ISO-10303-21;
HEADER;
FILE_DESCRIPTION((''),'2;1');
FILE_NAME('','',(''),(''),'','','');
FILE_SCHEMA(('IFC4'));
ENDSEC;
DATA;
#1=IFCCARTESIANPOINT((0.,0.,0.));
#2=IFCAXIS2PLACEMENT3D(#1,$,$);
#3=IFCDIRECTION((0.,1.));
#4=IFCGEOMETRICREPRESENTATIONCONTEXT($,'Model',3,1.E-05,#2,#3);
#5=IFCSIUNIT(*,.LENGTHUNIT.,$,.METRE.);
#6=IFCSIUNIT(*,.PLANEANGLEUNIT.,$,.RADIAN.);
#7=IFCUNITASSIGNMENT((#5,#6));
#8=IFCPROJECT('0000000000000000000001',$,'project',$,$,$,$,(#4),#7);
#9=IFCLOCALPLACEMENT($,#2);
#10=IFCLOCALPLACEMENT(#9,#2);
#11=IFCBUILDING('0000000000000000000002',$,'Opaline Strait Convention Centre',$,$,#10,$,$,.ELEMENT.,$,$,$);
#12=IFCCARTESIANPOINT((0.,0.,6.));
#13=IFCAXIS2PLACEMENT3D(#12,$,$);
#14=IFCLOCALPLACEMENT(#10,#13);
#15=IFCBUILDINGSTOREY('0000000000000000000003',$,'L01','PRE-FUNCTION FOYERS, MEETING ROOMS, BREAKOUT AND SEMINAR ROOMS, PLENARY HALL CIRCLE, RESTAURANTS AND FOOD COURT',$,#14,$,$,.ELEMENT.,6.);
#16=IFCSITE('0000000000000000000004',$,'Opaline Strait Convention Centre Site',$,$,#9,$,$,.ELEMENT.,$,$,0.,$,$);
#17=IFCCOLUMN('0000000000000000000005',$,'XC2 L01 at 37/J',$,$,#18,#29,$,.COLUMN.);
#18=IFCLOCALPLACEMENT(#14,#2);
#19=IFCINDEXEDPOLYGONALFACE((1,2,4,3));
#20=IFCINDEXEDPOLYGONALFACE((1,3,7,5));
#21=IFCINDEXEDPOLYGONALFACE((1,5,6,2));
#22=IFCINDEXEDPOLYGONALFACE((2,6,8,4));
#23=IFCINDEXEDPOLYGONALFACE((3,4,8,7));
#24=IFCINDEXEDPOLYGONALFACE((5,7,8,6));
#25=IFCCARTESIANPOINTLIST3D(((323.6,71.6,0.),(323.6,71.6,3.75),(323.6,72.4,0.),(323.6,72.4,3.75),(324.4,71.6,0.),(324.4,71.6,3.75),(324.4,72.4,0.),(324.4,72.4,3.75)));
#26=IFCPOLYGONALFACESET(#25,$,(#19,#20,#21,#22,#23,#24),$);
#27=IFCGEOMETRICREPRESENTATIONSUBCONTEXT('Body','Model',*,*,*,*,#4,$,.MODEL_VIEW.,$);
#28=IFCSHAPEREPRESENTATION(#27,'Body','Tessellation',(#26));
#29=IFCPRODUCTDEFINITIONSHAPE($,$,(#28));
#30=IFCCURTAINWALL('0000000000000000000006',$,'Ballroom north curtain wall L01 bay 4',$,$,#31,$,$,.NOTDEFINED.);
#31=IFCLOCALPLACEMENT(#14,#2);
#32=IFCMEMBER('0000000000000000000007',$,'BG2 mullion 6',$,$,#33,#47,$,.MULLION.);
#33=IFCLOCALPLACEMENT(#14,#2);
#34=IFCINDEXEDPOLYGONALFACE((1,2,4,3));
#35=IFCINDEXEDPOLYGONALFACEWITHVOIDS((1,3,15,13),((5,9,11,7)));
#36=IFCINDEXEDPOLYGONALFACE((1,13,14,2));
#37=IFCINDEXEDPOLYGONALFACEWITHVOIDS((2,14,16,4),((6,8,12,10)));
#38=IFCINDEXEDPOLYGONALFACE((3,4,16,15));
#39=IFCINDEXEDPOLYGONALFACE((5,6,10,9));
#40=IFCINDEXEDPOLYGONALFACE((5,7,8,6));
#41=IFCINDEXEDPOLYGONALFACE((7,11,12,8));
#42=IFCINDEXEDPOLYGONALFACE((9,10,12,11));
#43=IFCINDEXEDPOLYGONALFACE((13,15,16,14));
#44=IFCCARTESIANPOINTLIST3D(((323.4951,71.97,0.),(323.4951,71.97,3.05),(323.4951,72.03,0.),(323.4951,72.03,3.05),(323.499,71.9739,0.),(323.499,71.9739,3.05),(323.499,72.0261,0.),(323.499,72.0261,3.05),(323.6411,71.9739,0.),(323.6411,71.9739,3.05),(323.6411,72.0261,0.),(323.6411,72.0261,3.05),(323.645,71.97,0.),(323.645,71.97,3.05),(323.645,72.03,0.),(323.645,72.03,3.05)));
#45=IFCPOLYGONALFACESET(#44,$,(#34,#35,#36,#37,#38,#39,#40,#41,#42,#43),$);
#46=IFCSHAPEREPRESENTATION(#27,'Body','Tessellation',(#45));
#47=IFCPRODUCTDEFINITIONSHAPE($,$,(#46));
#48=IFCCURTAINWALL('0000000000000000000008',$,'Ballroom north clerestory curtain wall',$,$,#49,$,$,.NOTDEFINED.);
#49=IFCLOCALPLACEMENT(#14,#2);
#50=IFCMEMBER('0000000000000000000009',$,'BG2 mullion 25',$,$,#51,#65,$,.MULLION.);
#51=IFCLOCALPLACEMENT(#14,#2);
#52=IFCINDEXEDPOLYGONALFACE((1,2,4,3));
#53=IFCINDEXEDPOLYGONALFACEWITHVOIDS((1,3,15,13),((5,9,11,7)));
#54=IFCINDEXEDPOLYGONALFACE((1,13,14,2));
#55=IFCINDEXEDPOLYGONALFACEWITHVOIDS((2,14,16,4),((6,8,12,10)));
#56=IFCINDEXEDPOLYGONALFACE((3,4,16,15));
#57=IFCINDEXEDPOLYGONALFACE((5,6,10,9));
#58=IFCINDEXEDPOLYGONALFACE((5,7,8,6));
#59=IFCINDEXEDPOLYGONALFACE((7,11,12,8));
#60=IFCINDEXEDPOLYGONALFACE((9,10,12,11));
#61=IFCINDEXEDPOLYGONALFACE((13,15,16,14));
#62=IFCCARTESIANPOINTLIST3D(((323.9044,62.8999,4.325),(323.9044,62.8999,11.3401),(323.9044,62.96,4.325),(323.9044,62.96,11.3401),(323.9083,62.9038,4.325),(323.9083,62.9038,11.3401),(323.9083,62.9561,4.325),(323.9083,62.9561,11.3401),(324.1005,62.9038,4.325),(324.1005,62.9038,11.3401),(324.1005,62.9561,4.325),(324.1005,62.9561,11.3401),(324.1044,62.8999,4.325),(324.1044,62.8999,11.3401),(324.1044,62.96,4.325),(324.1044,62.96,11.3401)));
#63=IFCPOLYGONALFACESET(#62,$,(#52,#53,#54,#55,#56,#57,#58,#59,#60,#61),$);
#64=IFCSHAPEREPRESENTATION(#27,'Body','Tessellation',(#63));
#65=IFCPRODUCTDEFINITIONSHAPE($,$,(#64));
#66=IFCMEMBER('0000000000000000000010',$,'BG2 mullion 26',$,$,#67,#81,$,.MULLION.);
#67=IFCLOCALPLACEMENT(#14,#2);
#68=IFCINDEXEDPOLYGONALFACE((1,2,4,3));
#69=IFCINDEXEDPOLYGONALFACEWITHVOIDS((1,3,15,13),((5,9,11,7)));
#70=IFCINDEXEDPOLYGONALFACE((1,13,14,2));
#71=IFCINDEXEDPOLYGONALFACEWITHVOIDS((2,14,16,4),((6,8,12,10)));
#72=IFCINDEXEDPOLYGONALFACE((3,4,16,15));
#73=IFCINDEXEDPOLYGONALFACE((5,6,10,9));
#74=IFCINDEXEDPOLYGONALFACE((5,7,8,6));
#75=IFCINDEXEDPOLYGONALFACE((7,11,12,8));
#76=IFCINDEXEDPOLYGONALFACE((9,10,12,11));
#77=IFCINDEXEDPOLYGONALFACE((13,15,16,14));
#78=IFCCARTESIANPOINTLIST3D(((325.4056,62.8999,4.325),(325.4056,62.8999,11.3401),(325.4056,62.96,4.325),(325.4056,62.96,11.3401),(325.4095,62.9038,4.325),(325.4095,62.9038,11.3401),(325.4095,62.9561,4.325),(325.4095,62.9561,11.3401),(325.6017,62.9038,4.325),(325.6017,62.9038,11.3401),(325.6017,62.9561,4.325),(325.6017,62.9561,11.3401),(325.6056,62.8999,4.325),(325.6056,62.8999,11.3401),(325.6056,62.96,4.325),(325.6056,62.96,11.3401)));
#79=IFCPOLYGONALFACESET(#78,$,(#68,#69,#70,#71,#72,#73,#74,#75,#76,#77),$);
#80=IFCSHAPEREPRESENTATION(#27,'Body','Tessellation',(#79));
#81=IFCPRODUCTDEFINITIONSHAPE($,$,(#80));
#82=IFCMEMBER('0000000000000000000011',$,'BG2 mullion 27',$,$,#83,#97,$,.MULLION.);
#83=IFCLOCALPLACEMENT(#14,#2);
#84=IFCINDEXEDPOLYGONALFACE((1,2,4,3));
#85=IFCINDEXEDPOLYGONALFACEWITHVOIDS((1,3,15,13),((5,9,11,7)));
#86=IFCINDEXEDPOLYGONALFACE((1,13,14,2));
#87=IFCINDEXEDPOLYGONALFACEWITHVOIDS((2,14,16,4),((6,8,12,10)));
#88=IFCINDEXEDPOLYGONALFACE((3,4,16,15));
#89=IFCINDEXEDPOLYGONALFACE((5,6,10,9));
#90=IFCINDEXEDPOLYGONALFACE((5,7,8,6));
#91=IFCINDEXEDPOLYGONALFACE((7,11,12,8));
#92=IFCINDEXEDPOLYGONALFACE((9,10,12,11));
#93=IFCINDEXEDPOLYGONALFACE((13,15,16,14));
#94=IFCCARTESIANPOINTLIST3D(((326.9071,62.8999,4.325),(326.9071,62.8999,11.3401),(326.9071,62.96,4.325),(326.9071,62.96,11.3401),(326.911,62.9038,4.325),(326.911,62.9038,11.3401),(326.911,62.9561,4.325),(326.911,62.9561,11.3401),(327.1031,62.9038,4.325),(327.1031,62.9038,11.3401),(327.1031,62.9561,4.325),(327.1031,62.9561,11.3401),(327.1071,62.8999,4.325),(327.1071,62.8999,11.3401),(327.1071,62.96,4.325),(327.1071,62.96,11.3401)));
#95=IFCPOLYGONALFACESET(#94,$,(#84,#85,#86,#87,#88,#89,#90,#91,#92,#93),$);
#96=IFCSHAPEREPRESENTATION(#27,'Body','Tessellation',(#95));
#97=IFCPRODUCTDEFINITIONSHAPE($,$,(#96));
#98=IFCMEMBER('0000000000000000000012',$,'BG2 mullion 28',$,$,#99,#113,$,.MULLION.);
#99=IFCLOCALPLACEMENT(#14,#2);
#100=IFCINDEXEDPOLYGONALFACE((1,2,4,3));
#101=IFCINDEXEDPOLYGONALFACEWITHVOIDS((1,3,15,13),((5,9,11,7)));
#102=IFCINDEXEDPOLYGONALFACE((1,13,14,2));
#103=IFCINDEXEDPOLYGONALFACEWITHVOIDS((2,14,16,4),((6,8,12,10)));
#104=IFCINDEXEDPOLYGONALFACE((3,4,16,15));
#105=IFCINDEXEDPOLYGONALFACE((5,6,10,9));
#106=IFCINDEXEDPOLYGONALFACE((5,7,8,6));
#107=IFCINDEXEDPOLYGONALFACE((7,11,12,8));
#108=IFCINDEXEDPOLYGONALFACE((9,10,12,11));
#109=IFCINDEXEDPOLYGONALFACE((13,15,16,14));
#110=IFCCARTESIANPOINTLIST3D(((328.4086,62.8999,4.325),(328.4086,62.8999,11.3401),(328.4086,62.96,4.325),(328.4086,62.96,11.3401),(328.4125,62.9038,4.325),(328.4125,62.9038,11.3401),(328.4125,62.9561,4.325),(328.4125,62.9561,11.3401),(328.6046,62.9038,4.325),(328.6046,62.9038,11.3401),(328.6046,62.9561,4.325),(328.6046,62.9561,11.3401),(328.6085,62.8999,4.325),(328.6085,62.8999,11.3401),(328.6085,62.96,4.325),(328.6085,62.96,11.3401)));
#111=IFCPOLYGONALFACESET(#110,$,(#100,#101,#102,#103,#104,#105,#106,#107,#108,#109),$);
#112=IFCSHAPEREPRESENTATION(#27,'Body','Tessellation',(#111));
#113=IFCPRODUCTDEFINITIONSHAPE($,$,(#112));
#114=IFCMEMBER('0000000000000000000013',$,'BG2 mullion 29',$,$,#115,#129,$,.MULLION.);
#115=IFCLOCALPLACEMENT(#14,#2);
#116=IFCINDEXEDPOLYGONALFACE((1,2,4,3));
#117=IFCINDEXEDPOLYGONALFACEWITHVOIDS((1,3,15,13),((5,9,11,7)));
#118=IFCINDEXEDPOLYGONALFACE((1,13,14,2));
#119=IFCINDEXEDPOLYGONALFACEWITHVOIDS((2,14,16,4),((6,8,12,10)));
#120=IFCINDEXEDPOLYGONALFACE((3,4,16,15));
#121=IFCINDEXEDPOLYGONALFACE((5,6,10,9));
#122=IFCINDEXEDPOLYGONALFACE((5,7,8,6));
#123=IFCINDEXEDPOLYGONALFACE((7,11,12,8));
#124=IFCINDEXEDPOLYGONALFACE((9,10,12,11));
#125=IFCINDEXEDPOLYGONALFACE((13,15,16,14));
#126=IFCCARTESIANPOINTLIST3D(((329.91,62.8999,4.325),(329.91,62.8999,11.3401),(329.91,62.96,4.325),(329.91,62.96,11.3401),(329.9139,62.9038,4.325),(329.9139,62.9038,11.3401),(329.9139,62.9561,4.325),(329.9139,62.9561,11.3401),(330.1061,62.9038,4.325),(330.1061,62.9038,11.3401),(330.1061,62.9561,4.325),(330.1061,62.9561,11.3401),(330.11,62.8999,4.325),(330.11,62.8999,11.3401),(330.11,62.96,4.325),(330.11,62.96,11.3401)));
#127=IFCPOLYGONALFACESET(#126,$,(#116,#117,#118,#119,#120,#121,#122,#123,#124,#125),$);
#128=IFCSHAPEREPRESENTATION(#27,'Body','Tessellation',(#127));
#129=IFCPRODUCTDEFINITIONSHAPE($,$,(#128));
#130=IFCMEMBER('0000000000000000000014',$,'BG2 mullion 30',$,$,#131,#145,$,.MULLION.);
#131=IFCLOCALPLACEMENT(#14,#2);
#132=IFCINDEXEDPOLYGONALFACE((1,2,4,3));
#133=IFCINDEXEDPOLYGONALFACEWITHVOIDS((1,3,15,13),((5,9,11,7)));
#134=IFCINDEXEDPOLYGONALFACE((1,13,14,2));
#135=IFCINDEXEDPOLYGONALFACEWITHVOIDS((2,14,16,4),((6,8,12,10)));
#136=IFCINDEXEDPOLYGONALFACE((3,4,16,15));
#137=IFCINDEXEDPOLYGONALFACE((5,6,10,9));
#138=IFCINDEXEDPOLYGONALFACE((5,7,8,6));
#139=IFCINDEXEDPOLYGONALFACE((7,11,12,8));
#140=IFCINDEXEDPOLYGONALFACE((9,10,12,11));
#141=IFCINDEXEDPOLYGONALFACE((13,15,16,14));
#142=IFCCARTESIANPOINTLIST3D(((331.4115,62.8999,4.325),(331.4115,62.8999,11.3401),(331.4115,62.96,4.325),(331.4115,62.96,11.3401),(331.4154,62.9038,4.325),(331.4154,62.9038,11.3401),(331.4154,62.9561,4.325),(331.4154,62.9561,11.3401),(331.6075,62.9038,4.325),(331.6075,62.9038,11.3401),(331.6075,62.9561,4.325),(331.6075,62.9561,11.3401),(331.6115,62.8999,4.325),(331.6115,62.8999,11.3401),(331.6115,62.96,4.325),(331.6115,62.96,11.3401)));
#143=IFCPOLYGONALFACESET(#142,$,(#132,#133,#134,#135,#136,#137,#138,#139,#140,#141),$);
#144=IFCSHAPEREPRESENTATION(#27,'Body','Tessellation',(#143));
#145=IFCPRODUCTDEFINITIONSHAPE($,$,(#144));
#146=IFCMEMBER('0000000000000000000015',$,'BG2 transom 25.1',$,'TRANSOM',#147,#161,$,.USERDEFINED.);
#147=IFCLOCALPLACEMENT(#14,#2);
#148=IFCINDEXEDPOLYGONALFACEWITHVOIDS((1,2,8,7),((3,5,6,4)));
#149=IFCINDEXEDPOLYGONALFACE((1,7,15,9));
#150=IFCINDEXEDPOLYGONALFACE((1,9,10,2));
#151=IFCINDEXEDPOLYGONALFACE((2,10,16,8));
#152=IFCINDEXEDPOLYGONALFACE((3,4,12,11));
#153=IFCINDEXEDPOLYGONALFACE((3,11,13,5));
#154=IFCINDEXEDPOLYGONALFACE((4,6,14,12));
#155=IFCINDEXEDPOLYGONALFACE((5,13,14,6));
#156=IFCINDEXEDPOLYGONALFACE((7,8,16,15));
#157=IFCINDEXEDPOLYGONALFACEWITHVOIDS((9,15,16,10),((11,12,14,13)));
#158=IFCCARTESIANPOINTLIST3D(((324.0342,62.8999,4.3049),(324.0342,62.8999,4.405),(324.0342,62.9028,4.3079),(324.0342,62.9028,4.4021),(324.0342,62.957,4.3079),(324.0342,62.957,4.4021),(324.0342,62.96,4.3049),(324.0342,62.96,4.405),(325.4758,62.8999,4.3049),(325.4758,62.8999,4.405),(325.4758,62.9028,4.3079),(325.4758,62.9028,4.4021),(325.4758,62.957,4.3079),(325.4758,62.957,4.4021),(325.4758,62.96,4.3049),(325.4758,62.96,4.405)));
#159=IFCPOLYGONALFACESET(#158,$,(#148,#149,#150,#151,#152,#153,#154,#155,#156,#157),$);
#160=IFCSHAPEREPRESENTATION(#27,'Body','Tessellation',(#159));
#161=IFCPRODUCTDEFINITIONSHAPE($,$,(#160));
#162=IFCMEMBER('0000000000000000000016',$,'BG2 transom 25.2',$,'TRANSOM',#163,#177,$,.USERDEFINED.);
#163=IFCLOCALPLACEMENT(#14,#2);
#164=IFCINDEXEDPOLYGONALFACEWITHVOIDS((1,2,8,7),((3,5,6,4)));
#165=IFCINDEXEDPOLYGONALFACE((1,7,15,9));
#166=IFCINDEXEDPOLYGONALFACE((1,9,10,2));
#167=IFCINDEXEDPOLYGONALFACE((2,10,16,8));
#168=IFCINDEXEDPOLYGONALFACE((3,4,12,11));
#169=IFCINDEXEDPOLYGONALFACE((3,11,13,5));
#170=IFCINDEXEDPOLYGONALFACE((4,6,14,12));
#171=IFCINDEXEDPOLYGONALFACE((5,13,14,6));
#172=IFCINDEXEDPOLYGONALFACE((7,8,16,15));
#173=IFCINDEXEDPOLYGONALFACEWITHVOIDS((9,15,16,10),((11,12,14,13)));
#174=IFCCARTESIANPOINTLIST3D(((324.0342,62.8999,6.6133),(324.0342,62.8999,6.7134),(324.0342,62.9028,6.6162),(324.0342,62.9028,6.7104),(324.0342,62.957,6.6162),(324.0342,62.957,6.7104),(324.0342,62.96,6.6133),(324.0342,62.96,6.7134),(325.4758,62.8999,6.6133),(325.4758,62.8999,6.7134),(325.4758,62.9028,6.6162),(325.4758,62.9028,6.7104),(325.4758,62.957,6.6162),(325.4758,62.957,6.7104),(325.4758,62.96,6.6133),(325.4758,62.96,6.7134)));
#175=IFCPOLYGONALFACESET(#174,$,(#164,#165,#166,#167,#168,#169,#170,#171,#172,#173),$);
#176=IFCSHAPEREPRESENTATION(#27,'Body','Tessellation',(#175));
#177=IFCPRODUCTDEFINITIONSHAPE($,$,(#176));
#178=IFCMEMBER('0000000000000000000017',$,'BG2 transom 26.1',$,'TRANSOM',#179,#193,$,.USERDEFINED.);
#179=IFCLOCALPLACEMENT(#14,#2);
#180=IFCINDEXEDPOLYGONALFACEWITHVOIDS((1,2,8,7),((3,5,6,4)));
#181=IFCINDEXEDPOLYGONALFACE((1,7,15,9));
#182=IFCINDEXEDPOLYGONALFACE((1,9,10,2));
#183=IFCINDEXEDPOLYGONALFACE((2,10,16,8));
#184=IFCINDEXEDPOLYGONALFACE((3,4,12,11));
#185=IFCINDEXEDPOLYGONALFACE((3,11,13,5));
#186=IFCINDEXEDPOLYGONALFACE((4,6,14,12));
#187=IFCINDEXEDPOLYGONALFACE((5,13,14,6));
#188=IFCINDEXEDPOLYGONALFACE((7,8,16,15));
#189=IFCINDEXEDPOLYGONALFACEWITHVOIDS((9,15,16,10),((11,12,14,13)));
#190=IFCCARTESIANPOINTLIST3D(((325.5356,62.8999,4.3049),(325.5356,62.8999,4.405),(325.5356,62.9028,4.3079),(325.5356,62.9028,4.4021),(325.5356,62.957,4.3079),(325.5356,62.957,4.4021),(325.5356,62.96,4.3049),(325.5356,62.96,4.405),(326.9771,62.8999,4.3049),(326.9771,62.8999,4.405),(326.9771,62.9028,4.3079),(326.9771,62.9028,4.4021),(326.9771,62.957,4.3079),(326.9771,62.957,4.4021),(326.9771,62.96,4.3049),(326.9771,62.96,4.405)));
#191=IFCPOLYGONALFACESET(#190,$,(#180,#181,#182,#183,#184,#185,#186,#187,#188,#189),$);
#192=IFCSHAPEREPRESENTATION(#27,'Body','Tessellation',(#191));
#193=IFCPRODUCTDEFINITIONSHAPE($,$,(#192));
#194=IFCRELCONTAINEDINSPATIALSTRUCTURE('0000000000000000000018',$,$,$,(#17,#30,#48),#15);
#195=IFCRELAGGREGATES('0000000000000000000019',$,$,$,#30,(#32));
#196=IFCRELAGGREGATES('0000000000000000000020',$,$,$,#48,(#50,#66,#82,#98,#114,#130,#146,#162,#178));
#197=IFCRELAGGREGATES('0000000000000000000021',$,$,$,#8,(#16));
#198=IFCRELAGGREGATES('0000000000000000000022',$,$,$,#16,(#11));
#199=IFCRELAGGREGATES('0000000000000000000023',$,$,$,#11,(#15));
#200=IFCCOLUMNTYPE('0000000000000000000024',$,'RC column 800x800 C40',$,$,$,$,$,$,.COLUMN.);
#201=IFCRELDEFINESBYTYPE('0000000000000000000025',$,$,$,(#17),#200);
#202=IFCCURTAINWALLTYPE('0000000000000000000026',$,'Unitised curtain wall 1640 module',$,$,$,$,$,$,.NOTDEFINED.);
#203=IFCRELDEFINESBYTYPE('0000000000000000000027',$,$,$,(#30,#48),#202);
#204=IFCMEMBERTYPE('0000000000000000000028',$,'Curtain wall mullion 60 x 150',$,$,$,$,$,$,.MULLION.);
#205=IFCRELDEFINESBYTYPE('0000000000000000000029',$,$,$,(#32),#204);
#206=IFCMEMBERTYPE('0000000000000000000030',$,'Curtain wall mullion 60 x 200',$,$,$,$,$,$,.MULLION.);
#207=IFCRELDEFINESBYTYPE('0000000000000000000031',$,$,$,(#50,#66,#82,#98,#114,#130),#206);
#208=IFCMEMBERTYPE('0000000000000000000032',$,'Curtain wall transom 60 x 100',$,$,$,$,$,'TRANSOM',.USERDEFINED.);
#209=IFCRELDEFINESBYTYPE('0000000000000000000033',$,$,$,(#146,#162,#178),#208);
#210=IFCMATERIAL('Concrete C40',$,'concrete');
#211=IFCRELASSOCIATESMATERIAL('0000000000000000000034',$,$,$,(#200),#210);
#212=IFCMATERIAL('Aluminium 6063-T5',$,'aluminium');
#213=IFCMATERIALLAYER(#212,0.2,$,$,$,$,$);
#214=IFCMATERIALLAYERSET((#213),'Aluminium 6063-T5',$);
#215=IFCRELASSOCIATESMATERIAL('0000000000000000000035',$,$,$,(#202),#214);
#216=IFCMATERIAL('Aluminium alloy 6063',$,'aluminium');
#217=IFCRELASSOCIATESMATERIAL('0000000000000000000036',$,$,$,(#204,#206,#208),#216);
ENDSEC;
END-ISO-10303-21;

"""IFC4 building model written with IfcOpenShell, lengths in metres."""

from ifc_helpers import new_model, si_unit, direction, frame, origin, origin_2d, place, context, subcontext, project, spatial, rectangle, hollow_rectangle, extrude, material, layer, layer_set, material_profile, profile_set, type_object, element, aggregate, save


model = new_model("IFC4")

# Units and contexts
model_context = context("Model", 3, precision=1e-05, world=origin(), true_north=direction((0.0, 1.0)))
body_context = subcontext(model_context, "Body", "Model", "MODEL_VIEW")
ifc_project = project(units=[si_unit("LENGTHUNIT", "METRE"), si_unit("PLANEANGLEUNIT", "RADIAN")], contexts=[model_context])

# Site, building, storey
site_placement = place(None, origin())
site = spatial("IfcSite", under=ifc_project, at=site_placement, Name="Opaline Strait Convention Centre Site", CompositionType="ELEMENT", RefElevation=0.0)
building_placement = place(site_placement, origin())
building = spatial("IfcBuilding", under=site, at=building_placement, Name="Opaline Strait Convention Centre", CompositionType="ELEMENT")
storey_placement = place(building_placement, frame((0.0, 0.0, 6.0)))
storey = spatial("IfcBuildingStorey", under=building, at=storey_placement, Name="L01", Description="PRE-FUNCTION FOYERS, MEETING ROOMS, BREAKOUT AND SEMINAR ROOMS, PLENARY HALL CIRCLE, RESTAURANTS AND FOOD COURT", CompositionType="ELEMENT", Elevation=6.0)

# Column
ifc_material_1 = material(Name="Concrete C40", Category="concrete")
ifc_material_profile_1 = material_profile(ifc_material_1, rectangle(XDim=0.8, YDim=0.8, at=origin_2d()), Name="RC 800x800")
ifc_profile_set_1 = profile_set([ifc_material_profile_1], Name="Concrete C40")
column_type = type_object("IfcColumnType", Name="RC column 800x800 C40", PredefinedType="COLUMN", material=ifc_profile_set_1)
column_placement = place(storey_placement, frame((324.0, 72.0, 0.0), z_axis=(0.0, 0.0, 1.0), x_axis=(1.0, 0.0, 0.0)))
element("IfcColumn", 1, at=column_placement, inside=storey, type_object=column_type, Name="XC2 L01 at 37/J", PredefinedType="COLUMN", context=body_context, shape_type="SweptSolid", body=[
    extrude(rectangle(XDim=0.8, YDim=0.8, at=origin_2d()), origin(), (0.0, 0.0, 1.0), 3.75),
])

# Curtain wall, member
ifc_material_2 = material(Name="Aluminium 6063-T5", Category="aluminium")
ifc_layer_1 = layer(ifc_material_2, 0.2)
ifc_layer_set_1 = layer_set([ifc_layer_1], Name="Aluminium 6063-T5")
curtain_wall_type = type_object("IfcCurtainWallType", Name="Unitised curtain wall 1640 module", PredefinedType="NOTDEFINED", material=ifc_layer_set_1)
curtain_wall_1_placement = place(storey_placement, origin())
curtain_wall_1 = element("IfcCurtainWall", 2, at=curtain_wall_1_placement, inside=storey, type_object=curtain_wall_type, Name="Ballroom north curtain wall L01 bay 4", PredefinedType="NOTDEFINED")
ifc_material_3 = material(Name="Aluminium alloy 6063", Category="aluminium")
ifc_material_profile_2 = material_profile(ifc_material_3, hollow_rectangle(XDim=0.0601, YDim=0.1499, WallThickness=0.0039, at=origin_2d()), Name="MULLION 60x150x4")
ifc_profile_set_2 = profile_set([ifc_material_profile_2], Name="Aluminium alloy 6063")
member_type_1 = type_object("IfcMemberType", Name="Curtain wall mullion 60 x 150", PredefinedType="MULLION", material=ifc_profile_set_2)
member_1_placement = place(storey_placement, frame((323.5701, 72.0, 0.0), z_axis=(0.0, 0.0, 1.0), x_axis=(0.0, 1.0, 0.0)))
member_1 = element("IfcMember", 3, at=member_1_placement, type_object=member_type_1, Name="BG2 mullion 6", PredefinedType="MULLION", context=body_context, shape_type="SweptSolid", body=[
    extrude(hollow_rectangle(XDim=0.0601, YDim=0.1499, WallThickness=0.0039, at=origin_2d()), origin(), (0.0, 0.0, 1.0), 3.05),
])
aggregate(curtain_wall_1, [member_1])

# Curtain wall, members
curtain_wall_2_placement = place(storey_placement, origin())
curtain_wall_2 = element("IfcCurtainWall", 4, at=curtain_wall_2_placement, inside=storey, type_object=curtain_wall_type, Name="Ballroom north clerestory curtain wall", PredefinedType="NOTDEFINED")
ifc_material_profile_3 = material_profile(ifc_material_3, hollow_rectangle(XDim=0.0601, YDim=0.2, WallThickness=0.0039, at=origin_2d()), Name="MULLION 60x200x4")
ifc_profile_set_3 = profile_set([ifc_material_profile_3], Name="Aluminium alloy 6063")
member_type_2 = type_object("IfcMemberType", Name="Curtain wall mullion 60 x 200", PredefinedType="MULLION", material=ifc_profile_set_3)
member_2_placement = place(storey_placement, frame((324.0044, 62.9299, 4.325), z_axis=(0.0, 0.0, 1.0), x_axis=(0.0, 1.0, 0.0)))
member_2 = element("IfcMember", 5, at=member_2_placement, type_object=member_type_2, Name="BG2 mullion 25", PredefinedType="MULLION", context=body_context, shape_type="SweptSolid", body=[
    extrude(hollow_rectangle(XDim=0.0601, YDim=0.2, WallThickness=0.0039, at=origin_2d()), origin(), (0.0, 0.0, 1.0), 7.0151),
])
member_3_placement = place(storey_placement, frame((325.5056, 62.9299, 4.325), z_axis=(0.0, 0.0, 1.0), x_axis=(0.0, 1.0, 0.0)))
member_3 = element("IfcMember", 6, at=member_3_placement, type_object=member_type_2, Name="BG2 mullion 26", PredefinedType="MULLION", context=body_context, shape_type="SweptSolid", body=[
    extrude(hollow_rectangle(XDim=0.0601, YDim=0.2, WallThickness=0.0039, at=origin_2d()), origin(), (0.0, 0.0, 1.0), 7.0151),
])
member_4_placement = place(storey_placement, frame((327.0071, 62.9299, 4.325), z_axis=(0.0, 0.0, 1.0), x_axis=(0.0, 1.0, 0.0)))
member_4 = element("IfcMember", 7, at=member_4_placement, type_object=member_type_2, Name="BG2 mullion 27", PredefinedType="MULLION", context=body_context, shape_type="SweptSolid", body=[
    extrude(hollow_rectangle(XDim=0.0601, YDim=0.2, WallThickness=0.0039, at=origin_2d()), origin(), (0.0, 0.0, 1.0), 7.0151),
])
member_5_placement = place(storey_placement, frame((328.5085, 62.9299, 4.325), z_axis=(0.0, 0.0, 1.0), x_axis=(0.0, 1.0, 0.0)))
member_5 = element("IfcMember", 8, at=member_5_placement, type_object=member_type_2, Name="BG2 mullion 28", PredefinedType="MULLION", context=body_context, shape_type="SweptSolid", body=[
    extrude(hollow_rectangle(XDim=0.0601, YDim=0.2, WallThickness=0.0039, at=origin_2d()), origin(), (0.0, 0.0, 1.0), 7.0151),
])
member_6_placement = place(storey_placement, frame((330.01, 62.9299, 4.325), z_axis=(0.0, 0.0, 1.0), x_axis=(0.0, 1.0, 0.0)))
member_6 = element("IfcMember", 9, at=member_6_placement, type_object=member_type_2, Name="BG2 mullion 29", PredefinedType="MULLION", context=body_context, shape_type="SweptSolid", body=[
    extrude(hollow_rectangle(XDim=0.0601, YDim=0.2, WallThickness=0.0039, at=origin_2d()), origin(), (0.0, 0.0, 1.0), 7.0151),
])
member_7_placement = place(storey_placement, frame((331.5115, 62.9299, 4.325), z_axis=(0.0, 0.0, 1.0), x_axis=(0.0, 1.0, 0.0)))
member_7 = element("IfcMember", 10, at=member_7_placement, type_object=member_type_2, Name="BG2 mullion 30", PredefinedType="MULLION", context=body_context, shape_type="SweptSolid", body=[
    extrude(hollow_rectangle(XDim=0.0601, YDim=0.2, WallThickness=0.0039, at=origin_2d()), origin(), (0.0, 0.0, 1.0), 7.0151),
])
ifc_material_profile_4 = material_profile(ifc_material_3, hollow_rectangle(XDim=0.0601, YDim=0.1001, WallThickness=0.0029, at=origin_2d()), Name="TRANSOM 60x100x3")
ifc_profile_set_4 = profile_set([ifc_material_profile_4], Name="Aluminium alloy 6063")
member_type_3 = type_object("IfcMemberType", Name="Curtain wall transom 60 x 100", ElementType="TRANSOM", PredefinedType="USERDEFINED", material=ifc_profile_set_4)
member_8_placement = place(storey_placement, frame((324.0342, 62.9299, 4.355), z_axis=(1.0, 0.0, 0.0), x_axis=(0.0, 1.0, 0.0)))
member_8 = element("IfcMember", 11, at=member_8_placement, type_object=member_type_3, Name="BG2 transom 25.1", ObjectType="TRANSOM", PredefinedType="USERDEFINED", context=body_context, shape_type="SweptSolid", body=[
    extrude(hollow_rectangle(XDim=0.0601, YDim=0.1001, WallThickness=0.0029, at=origin_2d()), origin(), (0.0, 0.0, 1.0), 1.4417),
])
member_9_placement = place(storey_placement, frame((324.0342, 62.9299, 6.6633), z_axis=(1.0, 0.0, 0.0), x_axis=(0.0, 1.0, 0.0)))
member_9 = element("IfcMember", 12, at=member_9_placement, type_object=member_type_3, Name="BG2 transom 25.2", ObjectType="TRANSOM", PredefinedType="USERDEFINED", context=body_context, shape_type="SweptSolid", body=[
    extrude(hollow_rectangle(XDim=0.0601, YDim=0.1001, WallThickness=0.0029, at=origin_2d()), origin(), (0.0, 0.0, 1.0), 1.4417),
])
member_10_placement = place(storey_placement, frame((325.5356, 62.9299, 4.355), z_axis=(1.0, 0.0, 0.0), x_axis=(0.0, 1.0, 0.0)))
member_10 = element("IfcMember", 13, at=member_10_placement, type_object=member_type_3, Name="BG2 transom 26.1", ObjectType="TRANSOM", PredefinedType="USERDEFINED", context=body_context, shape_type="SweptSolid", body=[
    extrude(hollow_rectangle(XDim=0.0601, YDim=0.1001, WallThickness=0.0029, at=origin_2d()), origin(), (0.0, 0.0, 1.0), 1.4414),
])
aggregate(curtain_wall_2, [member_2, member_3, member_4, member_5, member_6, member_7, member_8, member_9, member_10])

save(model, "model.ifc")
